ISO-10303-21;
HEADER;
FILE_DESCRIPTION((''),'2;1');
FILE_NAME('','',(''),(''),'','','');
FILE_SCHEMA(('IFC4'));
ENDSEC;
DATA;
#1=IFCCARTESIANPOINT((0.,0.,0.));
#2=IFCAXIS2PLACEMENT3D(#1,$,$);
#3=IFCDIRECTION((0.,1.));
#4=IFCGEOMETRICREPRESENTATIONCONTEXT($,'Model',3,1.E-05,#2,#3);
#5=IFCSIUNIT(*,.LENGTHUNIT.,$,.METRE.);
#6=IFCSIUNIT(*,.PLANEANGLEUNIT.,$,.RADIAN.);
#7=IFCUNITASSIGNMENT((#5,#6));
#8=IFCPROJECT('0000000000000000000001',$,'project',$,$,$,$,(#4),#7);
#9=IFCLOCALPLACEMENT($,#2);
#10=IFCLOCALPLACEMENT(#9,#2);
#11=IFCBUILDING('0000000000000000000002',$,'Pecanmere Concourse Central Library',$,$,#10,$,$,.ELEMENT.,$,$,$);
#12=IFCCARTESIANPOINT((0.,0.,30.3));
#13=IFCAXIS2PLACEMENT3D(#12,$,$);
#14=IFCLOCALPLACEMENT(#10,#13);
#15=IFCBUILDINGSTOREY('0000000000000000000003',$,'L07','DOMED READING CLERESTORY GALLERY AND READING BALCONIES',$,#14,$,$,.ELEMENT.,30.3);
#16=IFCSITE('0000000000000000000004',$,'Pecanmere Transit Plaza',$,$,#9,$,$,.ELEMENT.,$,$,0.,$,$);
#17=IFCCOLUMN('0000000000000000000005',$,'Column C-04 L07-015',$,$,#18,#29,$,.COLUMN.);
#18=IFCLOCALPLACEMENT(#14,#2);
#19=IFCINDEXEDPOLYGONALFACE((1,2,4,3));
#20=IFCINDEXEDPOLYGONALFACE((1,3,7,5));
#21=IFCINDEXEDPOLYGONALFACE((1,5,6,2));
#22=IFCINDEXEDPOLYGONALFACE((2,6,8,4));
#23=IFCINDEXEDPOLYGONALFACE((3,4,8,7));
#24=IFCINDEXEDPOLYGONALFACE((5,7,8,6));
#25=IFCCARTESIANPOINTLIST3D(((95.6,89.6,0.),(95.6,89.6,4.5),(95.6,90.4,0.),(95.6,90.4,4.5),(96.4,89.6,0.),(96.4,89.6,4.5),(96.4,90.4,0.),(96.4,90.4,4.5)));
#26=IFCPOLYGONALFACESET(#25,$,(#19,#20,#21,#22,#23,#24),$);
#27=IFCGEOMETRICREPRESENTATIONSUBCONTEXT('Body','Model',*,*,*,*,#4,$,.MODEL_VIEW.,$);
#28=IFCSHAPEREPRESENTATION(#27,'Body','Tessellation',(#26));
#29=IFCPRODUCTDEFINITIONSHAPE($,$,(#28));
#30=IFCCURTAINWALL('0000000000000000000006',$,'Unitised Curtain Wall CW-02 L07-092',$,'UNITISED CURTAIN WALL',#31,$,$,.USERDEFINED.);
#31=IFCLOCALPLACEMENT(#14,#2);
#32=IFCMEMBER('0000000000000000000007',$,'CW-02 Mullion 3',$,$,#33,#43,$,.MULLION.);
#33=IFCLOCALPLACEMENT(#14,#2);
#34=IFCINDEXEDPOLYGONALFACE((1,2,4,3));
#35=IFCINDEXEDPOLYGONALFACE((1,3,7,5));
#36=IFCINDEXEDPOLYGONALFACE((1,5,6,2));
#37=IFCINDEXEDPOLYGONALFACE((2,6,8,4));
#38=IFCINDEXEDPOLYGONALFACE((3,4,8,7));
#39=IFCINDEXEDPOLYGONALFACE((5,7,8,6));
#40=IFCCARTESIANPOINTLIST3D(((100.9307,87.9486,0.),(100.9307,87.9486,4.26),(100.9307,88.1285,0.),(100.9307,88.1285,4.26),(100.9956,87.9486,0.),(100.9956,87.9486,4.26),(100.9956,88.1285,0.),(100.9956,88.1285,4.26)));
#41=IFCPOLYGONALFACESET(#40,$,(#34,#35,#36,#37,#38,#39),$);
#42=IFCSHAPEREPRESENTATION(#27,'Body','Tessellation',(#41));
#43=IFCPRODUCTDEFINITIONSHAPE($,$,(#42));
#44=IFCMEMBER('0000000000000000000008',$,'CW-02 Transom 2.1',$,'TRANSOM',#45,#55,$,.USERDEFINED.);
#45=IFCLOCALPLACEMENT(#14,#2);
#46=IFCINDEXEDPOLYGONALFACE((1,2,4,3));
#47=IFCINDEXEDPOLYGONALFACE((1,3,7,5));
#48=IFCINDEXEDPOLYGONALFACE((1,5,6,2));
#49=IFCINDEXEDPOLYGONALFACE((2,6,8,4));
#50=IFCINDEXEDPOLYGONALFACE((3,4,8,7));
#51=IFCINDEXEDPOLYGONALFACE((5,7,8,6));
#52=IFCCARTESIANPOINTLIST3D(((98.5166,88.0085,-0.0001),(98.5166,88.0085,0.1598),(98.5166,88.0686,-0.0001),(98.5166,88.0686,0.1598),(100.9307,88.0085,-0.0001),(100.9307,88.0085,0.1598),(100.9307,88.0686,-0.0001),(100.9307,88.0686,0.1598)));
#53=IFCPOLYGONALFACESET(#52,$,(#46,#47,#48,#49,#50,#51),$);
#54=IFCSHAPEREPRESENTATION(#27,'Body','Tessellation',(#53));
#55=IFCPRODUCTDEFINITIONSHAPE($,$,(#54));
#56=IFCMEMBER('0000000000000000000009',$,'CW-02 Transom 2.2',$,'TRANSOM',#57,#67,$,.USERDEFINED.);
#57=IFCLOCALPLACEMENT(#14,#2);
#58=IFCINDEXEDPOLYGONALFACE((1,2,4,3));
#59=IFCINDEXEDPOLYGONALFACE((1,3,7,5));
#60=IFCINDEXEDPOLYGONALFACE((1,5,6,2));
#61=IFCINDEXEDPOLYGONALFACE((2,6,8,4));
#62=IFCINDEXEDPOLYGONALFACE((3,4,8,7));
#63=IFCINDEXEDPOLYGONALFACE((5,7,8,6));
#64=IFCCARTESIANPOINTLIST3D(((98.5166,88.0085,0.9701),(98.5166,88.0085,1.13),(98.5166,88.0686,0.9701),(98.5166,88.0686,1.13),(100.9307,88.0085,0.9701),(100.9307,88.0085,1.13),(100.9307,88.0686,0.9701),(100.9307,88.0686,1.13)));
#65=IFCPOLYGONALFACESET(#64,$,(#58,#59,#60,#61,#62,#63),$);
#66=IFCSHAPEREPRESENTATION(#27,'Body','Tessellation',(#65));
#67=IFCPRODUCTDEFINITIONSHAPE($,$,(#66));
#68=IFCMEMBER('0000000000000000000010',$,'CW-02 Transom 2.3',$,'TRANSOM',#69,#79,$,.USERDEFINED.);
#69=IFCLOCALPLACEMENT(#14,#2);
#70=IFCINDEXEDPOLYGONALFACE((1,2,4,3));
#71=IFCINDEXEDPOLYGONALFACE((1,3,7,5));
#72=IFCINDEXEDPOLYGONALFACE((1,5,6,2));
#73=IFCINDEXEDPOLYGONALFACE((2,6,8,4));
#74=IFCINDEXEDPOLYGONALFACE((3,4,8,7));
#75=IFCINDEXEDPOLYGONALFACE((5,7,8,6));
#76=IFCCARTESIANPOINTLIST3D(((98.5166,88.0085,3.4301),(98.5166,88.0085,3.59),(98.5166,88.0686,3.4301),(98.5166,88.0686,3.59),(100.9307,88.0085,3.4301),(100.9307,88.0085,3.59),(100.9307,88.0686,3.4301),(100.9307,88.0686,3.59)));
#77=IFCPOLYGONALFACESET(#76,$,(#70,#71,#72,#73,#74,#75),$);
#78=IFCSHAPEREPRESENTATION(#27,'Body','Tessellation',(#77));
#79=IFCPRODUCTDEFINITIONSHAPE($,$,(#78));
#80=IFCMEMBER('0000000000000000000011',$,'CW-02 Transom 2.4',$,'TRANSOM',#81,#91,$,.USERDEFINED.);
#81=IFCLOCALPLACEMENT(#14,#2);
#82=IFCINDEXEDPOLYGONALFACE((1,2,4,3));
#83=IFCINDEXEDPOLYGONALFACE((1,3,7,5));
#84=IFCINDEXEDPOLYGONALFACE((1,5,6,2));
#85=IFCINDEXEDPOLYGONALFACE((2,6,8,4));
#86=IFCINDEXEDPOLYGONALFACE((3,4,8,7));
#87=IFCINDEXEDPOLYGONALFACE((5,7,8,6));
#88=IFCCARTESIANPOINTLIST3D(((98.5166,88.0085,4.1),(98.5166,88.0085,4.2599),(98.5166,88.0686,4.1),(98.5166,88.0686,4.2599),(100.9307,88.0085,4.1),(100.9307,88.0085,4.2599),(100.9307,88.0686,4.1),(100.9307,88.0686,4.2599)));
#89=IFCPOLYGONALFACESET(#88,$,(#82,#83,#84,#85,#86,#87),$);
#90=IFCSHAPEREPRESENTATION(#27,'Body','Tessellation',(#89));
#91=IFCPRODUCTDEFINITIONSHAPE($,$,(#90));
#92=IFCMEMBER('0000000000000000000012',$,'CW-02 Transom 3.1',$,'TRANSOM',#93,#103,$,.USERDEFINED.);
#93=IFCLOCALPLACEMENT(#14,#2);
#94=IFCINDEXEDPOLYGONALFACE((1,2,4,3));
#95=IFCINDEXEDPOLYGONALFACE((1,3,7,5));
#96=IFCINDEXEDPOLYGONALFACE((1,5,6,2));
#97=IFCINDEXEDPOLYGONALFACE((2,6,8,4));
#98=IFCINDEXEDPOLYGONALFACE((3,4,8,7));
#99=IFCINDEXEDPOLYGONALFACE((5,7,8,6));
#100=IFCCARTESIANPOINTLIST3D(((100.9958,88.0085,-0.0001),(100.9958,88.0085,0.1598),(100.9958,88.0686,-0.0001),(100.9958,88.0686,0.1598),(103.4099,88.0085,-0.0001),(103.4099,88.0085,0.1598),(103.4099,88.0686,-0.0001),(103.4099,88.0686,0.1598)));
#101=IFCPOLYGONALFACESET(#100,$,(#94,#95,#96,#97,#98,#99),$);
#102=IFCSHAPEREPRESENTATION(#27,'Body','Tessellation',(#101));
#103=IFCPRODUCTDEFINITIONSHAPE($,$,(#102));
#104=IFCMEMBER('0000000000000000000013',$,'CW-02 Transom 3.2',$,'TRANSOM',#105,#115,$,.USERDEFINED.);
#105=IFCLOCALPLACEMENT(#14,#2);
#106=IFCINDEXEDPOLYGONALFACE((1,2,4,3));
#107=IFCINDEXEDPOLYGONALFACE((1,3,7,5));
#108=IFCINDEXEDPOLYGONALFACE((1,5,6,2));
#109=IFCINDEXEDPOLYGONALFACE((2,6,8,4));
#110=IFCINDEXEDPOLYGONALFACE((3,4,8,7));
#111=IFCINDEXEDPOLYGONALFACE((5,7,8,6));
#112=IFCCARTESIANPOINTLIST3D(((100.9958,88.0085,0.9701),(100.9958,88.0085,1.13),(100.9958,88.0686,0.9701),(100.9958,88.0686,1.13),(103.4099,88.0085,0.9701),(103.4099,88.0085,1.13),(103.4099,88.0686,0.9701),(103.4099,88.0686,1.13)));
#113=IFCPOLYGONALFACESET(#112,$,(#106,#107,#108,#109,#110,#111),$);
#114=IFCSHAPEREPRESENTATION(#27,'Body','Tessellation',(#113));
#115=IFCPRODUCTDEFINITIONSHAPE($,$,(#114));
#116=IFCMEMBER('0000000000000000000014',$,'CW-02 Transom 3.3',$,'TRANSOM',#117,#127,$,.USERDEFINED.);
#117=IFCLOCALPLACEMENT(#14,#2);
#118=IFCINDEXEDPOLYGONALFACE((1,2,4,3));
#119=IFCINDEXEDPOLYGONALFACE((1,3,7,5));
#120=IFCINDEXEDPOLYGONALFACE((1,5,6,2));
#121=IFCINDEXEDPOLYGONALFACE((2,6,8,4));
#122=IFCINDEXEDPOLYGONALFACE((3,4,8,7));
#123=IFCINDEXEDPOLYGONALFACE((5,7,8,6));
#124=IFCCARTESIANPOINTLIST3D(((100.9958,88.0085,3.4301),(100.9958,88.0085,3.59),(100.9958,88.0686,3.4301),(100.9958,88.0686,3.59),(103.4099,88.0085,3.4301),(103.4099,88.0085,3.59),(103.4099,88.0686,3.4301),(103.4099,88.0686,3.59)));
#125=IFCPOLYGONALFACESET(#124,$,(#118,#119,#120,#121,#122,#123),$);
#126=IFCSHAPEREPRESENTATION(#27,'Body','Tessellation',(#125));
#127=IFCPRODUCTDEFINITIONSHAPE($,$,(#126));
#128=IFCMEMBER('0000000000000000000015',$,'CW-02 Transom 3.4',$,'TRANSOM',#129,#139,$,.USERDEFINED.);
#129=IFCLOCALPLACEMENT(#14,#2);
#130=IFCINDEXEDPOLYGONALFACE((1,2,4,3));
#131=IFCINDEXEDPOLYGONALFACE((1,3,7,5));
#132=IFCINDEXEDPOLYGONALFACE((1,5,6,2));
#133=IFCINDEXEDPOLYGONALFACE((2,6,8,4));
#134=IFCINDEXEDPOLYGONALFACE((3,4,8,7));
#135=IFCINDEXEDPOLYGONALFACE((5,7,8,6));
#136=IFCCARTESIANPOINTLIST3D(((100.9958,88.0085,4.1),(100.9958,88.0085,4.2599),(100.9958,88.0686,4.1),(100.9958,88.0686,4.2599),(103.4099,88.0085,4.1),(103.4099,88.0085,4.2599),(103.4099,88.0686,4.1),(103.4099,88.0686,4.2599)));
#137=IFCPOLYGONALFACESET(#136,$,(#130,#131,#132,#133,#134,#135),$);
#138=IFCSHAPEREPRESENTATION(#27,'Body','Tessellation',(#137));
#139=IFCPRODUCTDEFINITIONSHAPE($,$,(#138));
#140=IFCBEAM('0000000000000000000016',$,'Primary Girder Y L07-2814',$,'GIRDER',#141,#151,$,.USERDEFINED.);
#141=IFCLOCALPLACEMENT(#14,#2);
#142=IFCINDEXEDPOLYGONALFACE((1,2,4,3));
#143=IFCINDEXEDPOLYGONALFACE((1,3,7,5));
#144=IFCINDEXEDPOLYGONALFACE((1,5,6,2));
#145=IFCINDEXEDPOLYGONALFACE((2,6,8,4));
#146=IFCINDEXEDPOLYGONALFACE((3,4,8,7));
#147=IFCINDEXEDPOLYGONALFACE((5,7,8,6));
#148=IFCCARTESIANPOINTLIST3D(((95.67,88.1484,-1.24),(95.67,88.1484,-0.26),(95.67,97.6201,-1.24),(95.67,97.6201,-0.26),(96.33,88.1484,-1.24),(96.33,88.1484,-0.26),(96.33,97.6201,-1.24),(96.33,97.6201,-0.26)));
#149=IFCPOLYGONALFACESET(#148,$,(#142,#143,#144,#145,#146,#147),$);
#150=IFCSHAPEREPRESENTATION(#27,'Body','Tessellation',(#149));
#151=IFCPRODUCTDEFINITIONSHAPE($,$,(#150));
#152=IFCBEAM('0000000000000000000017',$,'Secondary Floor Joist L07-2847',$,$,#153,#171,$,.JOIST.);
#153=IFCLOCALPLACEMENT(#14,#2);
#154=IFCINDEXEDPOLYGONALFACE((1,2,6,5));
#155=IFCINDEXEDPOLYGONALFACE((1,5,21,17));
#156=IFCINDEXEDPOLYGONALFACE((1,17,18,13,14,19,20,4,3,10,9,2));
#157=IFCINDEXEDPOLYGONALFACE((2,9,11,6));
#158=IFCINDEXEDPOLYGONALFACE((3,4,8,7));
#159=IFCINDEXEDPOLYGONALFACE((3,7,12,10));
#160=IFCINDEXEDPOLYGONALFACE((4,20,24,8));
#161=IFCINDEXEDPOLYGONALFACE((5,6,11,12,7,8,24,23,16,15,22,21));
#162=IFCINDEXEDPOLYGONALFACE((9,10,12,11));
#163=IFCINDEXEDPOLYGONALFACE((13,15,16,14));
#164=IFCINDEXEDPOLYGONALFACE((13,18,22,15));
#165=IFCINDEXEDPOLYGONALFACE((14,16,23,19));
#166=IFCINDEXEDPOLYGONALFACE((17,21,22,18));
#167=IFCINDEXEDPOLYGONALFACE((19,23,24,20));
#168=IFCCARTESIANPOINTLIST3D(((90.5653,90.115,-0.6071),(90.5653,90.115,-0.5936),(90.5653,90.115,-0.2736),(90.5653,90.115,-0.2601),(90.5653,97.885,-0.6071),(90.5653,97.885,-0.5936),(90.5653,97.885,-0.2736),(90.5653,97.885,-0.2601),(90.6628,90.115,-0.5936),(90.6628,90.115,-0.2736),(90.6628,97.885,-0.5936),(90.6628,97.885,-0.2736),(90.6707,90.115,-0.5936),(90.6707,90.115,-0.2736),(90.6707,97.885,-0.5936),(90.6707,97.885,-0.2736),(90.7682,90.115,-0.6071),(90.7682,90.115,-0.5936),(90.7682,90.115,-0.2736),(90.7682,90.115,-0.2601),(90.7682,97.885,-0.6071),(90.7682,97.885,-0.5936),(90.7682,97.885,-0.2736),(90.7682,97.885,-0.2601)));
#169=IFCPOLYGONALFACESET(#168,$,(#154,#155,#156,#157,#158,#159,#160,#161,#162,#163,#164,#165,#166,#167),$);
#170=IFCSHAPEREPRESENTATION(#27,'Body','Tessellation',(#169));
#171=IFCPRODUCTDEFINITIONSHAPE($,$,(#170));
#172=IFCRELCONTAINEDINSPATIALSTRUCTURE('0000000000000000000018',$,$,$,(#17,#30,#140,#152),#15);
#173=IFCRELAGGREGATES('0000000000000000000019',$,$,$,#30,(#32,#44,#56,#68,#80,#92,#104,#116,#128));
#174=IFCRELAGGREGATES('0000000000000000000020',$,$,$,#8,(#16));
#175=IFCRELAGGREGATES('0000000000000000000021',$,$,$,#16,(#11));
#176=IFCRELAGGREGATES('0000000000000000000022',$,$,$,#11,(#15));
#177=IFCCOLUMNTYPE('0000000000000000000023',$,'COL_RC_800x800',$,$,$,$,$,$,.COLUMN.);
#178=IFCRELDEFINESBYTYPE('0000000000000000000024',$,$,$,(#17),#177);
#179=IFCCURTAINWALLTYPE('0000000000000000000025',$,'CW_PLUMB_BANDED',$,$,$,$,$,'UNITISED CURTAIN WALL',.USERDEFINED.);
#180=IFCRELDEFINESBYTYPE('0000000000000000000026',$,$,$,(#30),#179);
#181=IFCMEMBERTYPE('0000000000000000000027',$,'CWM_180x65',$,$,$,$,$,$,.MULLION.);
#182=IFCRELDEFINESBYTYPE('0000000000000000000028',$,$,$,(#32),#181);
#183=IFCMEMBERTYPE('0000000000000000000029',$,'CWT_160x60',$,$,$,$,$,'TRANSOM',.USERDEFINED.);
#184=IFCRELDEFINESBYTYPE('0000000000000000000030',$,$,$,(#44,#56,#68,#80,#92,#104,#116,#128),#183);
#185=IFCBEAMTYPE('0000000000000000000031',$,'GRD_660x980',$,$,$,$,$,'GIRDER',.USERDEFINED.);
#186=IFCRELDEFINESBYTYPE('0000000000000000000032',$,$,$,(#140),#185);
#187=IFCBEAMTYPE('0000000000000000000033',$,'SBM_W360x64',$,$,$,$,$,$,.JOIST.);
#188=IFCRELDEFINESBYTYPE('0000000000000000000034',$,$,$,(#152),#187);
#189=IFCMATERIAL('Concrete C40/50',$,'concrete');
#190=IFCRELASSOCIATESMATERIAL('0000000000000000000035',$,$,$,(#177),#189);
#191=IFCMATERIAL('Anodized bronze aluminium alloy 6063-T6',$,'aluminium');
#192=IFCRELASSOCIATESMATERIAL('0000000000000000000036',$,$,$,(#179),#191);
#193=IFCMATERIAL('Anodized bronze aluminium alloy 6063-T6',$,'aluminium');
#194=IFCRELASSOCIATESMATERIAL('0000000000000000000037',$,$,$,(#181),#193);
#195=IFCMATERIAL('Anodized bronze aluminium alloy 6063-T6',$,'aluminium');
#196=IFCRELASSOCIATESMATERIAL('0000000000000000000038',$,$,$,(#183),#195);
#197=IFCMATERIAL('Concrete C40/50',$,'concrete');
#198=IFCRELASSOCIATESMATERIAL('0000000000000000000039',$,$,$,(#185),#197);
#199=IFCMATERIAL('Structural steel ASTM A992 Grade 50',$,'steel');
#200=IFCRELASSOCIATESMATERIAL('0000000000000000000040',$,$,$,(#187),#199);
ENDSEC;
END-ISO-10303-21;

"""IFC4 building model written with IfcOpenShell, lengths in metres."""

from ifc_helpers import new_model, si_unit, direction, frame, origin, origin_2d, place, context, subcontext, project, spatial, rectangle, i_section, extrude, material, material_profile, profile_set, type_object, element, aggregate, save


model = new_model("IFC4")

# Units and contexts
model_context = context("Model", 3, precision=1e-05, world=origin(), true_north=direction((0.0, 1.0)))
body_context = subcontext(model_context, "Body", "Model", "MODEL_VIEW")
ifc_project = project(units=[si_unit("LENGTHUNIT", "METRE"), si_unit("PLANEANGLEUNIT", "RADIAN")], contexts=[model_context])

# Site, building, storey
site_placement = place(None, origin())
site = spatial("IfcSite", under=ifc_project, at=site_placement, Name="Pecanmere Transit Plaza", CompositionType="ELEMENT", RefElevation=0.0)
building_placement = place(site_placement, origin())
building = spatial("IfcBuilding", under=site, at=building_placement, Name="Pecanmere Concourse Central Library", CompositionType="ELEMENT")
storey_placement = place(building_placement, frame((0.0, 0.0, 30.3)))
storey = spatial("IfcBuildingStorey", under=building, at=storey_placement, Name="L07", Description="DOMED READING CLERESTORY GALLERY AND READING BALCONIES", CompositionType="ELEMENT", Elevation=30.3)

# Column
ifc_material_1 = material(Name="Concrete C40/50", Category="concrete")
ifc_material_profile_1 = material_profile(ifc_material_1, rectangle(XDim=0.8, YDim=0.8, at=origin_2d()), Name="RC 800x800")
ifc_profile_set_1 = profile_set([ifc_material_profile_1], Name="Concrete C40/50")
column_type = type_object("IfcColumnType", Name="COL_RC_800x800", PredefinedType="COLUMN", material=ifc_profile_set_1)
column_placement = place(storey_placement, frame((96.0, 90.0, 0.0), z_axis=(0.0, 0.0, 1.0), x_axis=(1.0, 0.0, 0.0)))
element("IfcColumn", 1, at=column_placement, inside=storey, type_object=column_type, Name="Column C-04 L07-015", PredefinedType="COLUMN", context=body_context, shape_type="SweptSolid", body=[
    extrude(rectangle(XDim=0.8, YDim=0.8, at=origin_2d()), origin(), (0.0, 0.0, 1.0), 4.5),
])

# Curtain wall, members
ifc_material_2 = material(Name="Anodized bronze aluminium alloy 6063-T6", Category="aluminium")
curtain_wall_type = type_object("IfcCurtainWallType", Name="CW_PLUMB_BANDED", ElementType="UNITISED CURTAIN WALL", PredefinedType="USERDEFINED", material=ifc_material_2)
curtain_wall_placement = place(storey_placement, origin())
curtain_wall = element("IfcCurtainWall", 2, at=curtain_wall_placement, inside=storey, type_object=curtain_wall_type, Name="Unitised Curtain Wall CW-02 L07-092", ObjectType="UNITISED CURTAIN WALL", PredefinedType="USERDEFINED")
ifc_material_3 = material(Name="Anodized bronze aluminium alloy 6063-T6", Category="aluminium")
ifc_material_profile_2 = material_profile(ifc_material_3, rectangle(XDim=0.0649, YDim=0.1799, at=origin_2d()), Name="AL 65x180")
ifc_profile_set_2 = profile_set([ifc_material_profile_2], Name="Anodized bronze aluminium alloy 6063-T6")
member_type_1 = type_object("IfcMemberType", Name="CWM_180x65", PredefinedType="MULLION", material=ifc_profile_set_2)
member_1_placement = place(storey_placement, frame((100.9631, 88.0386, 0.0), z_axis=(0.0, 0.0, 1.0), x_axis=(1.0, 0.0, 0.0)))
member_1 = element("IfcMember", 3, at=member_1_placement, type_object=member_type_1, Name="CW-02 Mullion 3", PredefinedType="MULLION", context=body_context, shape_type="SweptSolid", body=[
    extrude(rectangle(XDim=0.0649, YDim=0.1799, at=origin_2d()), origin(), (0.0, 0.0, 1.0), 4.26),
])
ifc_material_4 = material(Name="Anodized bronze aluminium alloy 6063-T6", Category="aluminium")
ifc_material_profile_3 = material_profile(ifc_material_4, rectangle(XDim=0.0601, YDim=0.1599, at=origin_2d()), Name="AL 60x160")
ifc_profile_set_3 = profile_set([ifc_material_profile_3], Name="Anodized bronze aluminium alloy 6063-T6")
member_type_2 = type_object("IfcMemberType", Name="CWT_160x60", ElementType="TRANSOM", PredefinedType="USERDEFINED", material=ifc_profile_set_3)
member_2_placement = place(storey_placement, frame((98.5166, 88.0386, 0.0798), z_axis=(1.0, 0.0, 0.0), x_axis=(0.0, 1.0, 0.0)))
member_2 = element("IfcMember", 4, at=member_2_placement, type_object=member_type_2, Name="CW-02 Transom 2.1", ObjectType="TRANSOM", PredefinedType="USERDEFINED", context=body_context, shape_type="SweptSolid", body=[
    extrude(rectangle(XDim=0.0601, YDim=0.1599, at=origin_2d()), origin(), (0.0, 0.0, 1.0), 2.4141),
])
member_3_placement = place(storey_placement, frame((98.5166, 88.0386, 1.05), z_axis=(1.0, 0.0, 0.0), x_axis=(0.0, 1.0, 0.0)))
member_3 = element("IfcMember", 5, at=member_3_placement, type_object=member_type_2, Name="CW-02 Transom 2.2", ObjectType="TRANSOM", PredefinedType="USERDEFINED", context=body_context, shape_type="SweptSolid", body=[
    extrude(rectangle(XDim=0.0601, YDim=0.1599, at=origin_2d()), origin(), (0.0, 0.0, 1.0), 2.4141),
])
member_4_placement = place(storey_placement, frame((98.5166, 88.0386, 3.51), z_axis=(1.0, 0.0, 0.0), x_axis=(0.0, 1.0, 0.0)))
member_4 = element("IfcMember", 6, at=member_4_placement, type_object=member_type_2, Name="CW-02 Transom 2.3", ObjectType="TRANSOM", PredefinedType="USERDEFINED", context=body_context, shape_type="SweptSolid", body=[
    extrude(rectangle(XDim=0.0601, YDim=0.1599, at=origin_2d()), origin(), (0.0, 0.0, 1.0), 2.4141),
])
member_5_placement = place(storey_placement, frame((98.5166, 88.0386, 4.1799), z_axis=(1.0, 0.0, 0.0), x_axis=(0.0, 1.0, 0.0)))
member_5 = element("IfcMember", 7, at=member_5_placement, type_object=member_type_2, Name="CW-02 Transom 2.4", ObjectType="TRANSOM", PredefinedType="USERDEFINED", context=body_context, shape_type="SweptSolid", body=[
    extrude(rectangle(XDim=0.0601, YDim=0.1599, at=origin_2d()), origin(), (0.0, 0.0, 1.0), 2.4141),
])
member_6_placement = place(storey_placement, frame((100.9958, 88.0386, 0.0798), z_axis=(1.0, 0.0, 0.0), x_axis=(0.0, 1.0, 0.0)))
member_6 = element("IfcMember", 8, at=member_6_placement, type_object=member_type_2, Name="CW-02 Transom 3.1", ObjectType="TRANSOM", PredefinedType="USERDEFINED", context=body_context, shape_type="SweptSolid", body=[
    extrude(rectangle(XDim=0.0601, YDim=0.1599, at=origin_2d()), origin(), (0.0, 0.0, 1.0), 2.4141),
])
member_7_placement = place(storey_placement, frame((100.9958, 88.0386, 1.05), z_axis=(1.0, 0.0, 0.0), x_axis=(0.0, 1.0, 0.0)))
member_7 = element("IfcMember", 9, at=member_7_placement, type_object=member_type_2, Name="CW-02 Transom 3.2", ObjectType="TRANSOM", PredefinedType="USERDEFINED", context=body_context, shape_type="SweptSolid", body=[
    extrude(rectangle(XDim=0.0601, YDim=0.1599, at=origin_2d()), origin(), (0.0, 0.0, 1.0), 2.4141),
])
member_8_placement = place(storey_placement, frame((100.9958, 88.0386, 3.51), z_axis=(1.0, 0.0, 0.0), x_axis=(0.0, 1.0, 0.0)))
member_8 = element("IfcMember", 10, at=member_8_placement, type_object=member_type_2, Name="CW-02 Transom 3.3", ObjectType="TRANSOM", PredefinedType="USERDEFINED", context=body_context, shape_type="SweptSolid", body=[
    extrude(rectangle(XDim=0.0601, YDim=0.1599, at=origin_2d()), origin(), (0.0, 0.0, 1.0), 2.4141),
])
member_9_placement = place(storey_placement, frame((100.9958, 88.0386, 4.1799), z_axis=(1.0, 0.0, 0.0), x_axis=(0.0, 1.0, 0.0)))
member_9 = element("IfcMember", 11, at=member_9_placement, type_object=member_type_2, Name="CW-02 Transom 3.4", ObjectType="TRANSOM", PredefinedType="USERDEFINED", context=body_context, shape_type="SweptSolid", body=[
    extrude(rectangle(XDim=0.0601, YDim=0.1599, at=origin_2d()), origin(), (0.0, 0.0, 1.0), 2.4141),
])

# Beams
ifc_material_5 = material(Name="Concrete C40/50", Category="concrete")
ifc_material_profile_4 = material_profile(ifc_material_5, rectangle(XDim=0.6599, YDim=0.98, at=origin_2d()), Name="RC 660x980")
ifc_profile_set_4 = profile_set([ifc_material_profile_4], Name="Concrete C40/50")
beam_type_1 = type_object("IfcBeamType", Name="GRD_660x980", ElementType="GIRDER", PredefinedType="USERDEFINED", material=ifc_profile_set_4)
beam_1_placement = place(storey_placement, frame((96.0, 88.1484, -0.75), z_axis=(0.0, 1.0, 0.0), x_axis=(-1.0, 0.0, 0.0)))
element("IfcBeam", 12, at=beam_1_placement, inside=storey, type_object=beam_type_1, Name="Primary Girder Y L07-2814", ObjectType="GIRDER", PredefinedType="USERDEFINED", context=body_context, shape_type="SweptSolid", body=[
    extrude(rectangle(XDim=0.6599, YDim=0.98, at=origin_2d()), origin(), (0.0, 0.0, 1.0), 9.4717),
])
ifc_material_6 = material(Name="Structural steel ASTM A992 Grade 50", Category="steel")
ifc_material_profile_5 = material_profile(ifc_material_6, i_section(OverallWidth=0.2029, OverallDepth=0.3469, WebThickness=0.0078, FlangeThickness=0.0134, at=origin_2d()), Name="W360x64")
ifc_profile_set_5 = profile_set([ifc_material_profile_5], Name="Structural steel ASTM A992 Grade 50")
beam_type_2 = type_object("IfcBeamType", Name="SBM_W360x64", PredefinedType="JOIST", material=ifc_profile_set_5)
beam_2_placement = place(storey_placement, frame((90.6667, 90.115, -0.4336), z_axis=(0.0, 1.0, 0.0), x_axis=(-1.0, 0.0, 0.0)))
element("IfcBeam", 13, at=beam_2_placement, inside=storey, type_object=beam_type_2, Name="Secondary Floor Joist L07-2847", PredefinedType="JOIST", context=body_context, shape_type="SweptSolid", body=[
    extrude(i_section(OverallWidth=0.2029, OverallDepth=0.3469, WebThickness=0.0078, FlangeThickness=0.0134, at=origin_2d()), origin(), (0.0, 0.0, 1.0), 7.77),
])

aggregate(curtain_wall, [member_1, member_2, member_3, member_4, member_5, member_6, member_7, member_8, member_9])

save(model, "model.ifc")
